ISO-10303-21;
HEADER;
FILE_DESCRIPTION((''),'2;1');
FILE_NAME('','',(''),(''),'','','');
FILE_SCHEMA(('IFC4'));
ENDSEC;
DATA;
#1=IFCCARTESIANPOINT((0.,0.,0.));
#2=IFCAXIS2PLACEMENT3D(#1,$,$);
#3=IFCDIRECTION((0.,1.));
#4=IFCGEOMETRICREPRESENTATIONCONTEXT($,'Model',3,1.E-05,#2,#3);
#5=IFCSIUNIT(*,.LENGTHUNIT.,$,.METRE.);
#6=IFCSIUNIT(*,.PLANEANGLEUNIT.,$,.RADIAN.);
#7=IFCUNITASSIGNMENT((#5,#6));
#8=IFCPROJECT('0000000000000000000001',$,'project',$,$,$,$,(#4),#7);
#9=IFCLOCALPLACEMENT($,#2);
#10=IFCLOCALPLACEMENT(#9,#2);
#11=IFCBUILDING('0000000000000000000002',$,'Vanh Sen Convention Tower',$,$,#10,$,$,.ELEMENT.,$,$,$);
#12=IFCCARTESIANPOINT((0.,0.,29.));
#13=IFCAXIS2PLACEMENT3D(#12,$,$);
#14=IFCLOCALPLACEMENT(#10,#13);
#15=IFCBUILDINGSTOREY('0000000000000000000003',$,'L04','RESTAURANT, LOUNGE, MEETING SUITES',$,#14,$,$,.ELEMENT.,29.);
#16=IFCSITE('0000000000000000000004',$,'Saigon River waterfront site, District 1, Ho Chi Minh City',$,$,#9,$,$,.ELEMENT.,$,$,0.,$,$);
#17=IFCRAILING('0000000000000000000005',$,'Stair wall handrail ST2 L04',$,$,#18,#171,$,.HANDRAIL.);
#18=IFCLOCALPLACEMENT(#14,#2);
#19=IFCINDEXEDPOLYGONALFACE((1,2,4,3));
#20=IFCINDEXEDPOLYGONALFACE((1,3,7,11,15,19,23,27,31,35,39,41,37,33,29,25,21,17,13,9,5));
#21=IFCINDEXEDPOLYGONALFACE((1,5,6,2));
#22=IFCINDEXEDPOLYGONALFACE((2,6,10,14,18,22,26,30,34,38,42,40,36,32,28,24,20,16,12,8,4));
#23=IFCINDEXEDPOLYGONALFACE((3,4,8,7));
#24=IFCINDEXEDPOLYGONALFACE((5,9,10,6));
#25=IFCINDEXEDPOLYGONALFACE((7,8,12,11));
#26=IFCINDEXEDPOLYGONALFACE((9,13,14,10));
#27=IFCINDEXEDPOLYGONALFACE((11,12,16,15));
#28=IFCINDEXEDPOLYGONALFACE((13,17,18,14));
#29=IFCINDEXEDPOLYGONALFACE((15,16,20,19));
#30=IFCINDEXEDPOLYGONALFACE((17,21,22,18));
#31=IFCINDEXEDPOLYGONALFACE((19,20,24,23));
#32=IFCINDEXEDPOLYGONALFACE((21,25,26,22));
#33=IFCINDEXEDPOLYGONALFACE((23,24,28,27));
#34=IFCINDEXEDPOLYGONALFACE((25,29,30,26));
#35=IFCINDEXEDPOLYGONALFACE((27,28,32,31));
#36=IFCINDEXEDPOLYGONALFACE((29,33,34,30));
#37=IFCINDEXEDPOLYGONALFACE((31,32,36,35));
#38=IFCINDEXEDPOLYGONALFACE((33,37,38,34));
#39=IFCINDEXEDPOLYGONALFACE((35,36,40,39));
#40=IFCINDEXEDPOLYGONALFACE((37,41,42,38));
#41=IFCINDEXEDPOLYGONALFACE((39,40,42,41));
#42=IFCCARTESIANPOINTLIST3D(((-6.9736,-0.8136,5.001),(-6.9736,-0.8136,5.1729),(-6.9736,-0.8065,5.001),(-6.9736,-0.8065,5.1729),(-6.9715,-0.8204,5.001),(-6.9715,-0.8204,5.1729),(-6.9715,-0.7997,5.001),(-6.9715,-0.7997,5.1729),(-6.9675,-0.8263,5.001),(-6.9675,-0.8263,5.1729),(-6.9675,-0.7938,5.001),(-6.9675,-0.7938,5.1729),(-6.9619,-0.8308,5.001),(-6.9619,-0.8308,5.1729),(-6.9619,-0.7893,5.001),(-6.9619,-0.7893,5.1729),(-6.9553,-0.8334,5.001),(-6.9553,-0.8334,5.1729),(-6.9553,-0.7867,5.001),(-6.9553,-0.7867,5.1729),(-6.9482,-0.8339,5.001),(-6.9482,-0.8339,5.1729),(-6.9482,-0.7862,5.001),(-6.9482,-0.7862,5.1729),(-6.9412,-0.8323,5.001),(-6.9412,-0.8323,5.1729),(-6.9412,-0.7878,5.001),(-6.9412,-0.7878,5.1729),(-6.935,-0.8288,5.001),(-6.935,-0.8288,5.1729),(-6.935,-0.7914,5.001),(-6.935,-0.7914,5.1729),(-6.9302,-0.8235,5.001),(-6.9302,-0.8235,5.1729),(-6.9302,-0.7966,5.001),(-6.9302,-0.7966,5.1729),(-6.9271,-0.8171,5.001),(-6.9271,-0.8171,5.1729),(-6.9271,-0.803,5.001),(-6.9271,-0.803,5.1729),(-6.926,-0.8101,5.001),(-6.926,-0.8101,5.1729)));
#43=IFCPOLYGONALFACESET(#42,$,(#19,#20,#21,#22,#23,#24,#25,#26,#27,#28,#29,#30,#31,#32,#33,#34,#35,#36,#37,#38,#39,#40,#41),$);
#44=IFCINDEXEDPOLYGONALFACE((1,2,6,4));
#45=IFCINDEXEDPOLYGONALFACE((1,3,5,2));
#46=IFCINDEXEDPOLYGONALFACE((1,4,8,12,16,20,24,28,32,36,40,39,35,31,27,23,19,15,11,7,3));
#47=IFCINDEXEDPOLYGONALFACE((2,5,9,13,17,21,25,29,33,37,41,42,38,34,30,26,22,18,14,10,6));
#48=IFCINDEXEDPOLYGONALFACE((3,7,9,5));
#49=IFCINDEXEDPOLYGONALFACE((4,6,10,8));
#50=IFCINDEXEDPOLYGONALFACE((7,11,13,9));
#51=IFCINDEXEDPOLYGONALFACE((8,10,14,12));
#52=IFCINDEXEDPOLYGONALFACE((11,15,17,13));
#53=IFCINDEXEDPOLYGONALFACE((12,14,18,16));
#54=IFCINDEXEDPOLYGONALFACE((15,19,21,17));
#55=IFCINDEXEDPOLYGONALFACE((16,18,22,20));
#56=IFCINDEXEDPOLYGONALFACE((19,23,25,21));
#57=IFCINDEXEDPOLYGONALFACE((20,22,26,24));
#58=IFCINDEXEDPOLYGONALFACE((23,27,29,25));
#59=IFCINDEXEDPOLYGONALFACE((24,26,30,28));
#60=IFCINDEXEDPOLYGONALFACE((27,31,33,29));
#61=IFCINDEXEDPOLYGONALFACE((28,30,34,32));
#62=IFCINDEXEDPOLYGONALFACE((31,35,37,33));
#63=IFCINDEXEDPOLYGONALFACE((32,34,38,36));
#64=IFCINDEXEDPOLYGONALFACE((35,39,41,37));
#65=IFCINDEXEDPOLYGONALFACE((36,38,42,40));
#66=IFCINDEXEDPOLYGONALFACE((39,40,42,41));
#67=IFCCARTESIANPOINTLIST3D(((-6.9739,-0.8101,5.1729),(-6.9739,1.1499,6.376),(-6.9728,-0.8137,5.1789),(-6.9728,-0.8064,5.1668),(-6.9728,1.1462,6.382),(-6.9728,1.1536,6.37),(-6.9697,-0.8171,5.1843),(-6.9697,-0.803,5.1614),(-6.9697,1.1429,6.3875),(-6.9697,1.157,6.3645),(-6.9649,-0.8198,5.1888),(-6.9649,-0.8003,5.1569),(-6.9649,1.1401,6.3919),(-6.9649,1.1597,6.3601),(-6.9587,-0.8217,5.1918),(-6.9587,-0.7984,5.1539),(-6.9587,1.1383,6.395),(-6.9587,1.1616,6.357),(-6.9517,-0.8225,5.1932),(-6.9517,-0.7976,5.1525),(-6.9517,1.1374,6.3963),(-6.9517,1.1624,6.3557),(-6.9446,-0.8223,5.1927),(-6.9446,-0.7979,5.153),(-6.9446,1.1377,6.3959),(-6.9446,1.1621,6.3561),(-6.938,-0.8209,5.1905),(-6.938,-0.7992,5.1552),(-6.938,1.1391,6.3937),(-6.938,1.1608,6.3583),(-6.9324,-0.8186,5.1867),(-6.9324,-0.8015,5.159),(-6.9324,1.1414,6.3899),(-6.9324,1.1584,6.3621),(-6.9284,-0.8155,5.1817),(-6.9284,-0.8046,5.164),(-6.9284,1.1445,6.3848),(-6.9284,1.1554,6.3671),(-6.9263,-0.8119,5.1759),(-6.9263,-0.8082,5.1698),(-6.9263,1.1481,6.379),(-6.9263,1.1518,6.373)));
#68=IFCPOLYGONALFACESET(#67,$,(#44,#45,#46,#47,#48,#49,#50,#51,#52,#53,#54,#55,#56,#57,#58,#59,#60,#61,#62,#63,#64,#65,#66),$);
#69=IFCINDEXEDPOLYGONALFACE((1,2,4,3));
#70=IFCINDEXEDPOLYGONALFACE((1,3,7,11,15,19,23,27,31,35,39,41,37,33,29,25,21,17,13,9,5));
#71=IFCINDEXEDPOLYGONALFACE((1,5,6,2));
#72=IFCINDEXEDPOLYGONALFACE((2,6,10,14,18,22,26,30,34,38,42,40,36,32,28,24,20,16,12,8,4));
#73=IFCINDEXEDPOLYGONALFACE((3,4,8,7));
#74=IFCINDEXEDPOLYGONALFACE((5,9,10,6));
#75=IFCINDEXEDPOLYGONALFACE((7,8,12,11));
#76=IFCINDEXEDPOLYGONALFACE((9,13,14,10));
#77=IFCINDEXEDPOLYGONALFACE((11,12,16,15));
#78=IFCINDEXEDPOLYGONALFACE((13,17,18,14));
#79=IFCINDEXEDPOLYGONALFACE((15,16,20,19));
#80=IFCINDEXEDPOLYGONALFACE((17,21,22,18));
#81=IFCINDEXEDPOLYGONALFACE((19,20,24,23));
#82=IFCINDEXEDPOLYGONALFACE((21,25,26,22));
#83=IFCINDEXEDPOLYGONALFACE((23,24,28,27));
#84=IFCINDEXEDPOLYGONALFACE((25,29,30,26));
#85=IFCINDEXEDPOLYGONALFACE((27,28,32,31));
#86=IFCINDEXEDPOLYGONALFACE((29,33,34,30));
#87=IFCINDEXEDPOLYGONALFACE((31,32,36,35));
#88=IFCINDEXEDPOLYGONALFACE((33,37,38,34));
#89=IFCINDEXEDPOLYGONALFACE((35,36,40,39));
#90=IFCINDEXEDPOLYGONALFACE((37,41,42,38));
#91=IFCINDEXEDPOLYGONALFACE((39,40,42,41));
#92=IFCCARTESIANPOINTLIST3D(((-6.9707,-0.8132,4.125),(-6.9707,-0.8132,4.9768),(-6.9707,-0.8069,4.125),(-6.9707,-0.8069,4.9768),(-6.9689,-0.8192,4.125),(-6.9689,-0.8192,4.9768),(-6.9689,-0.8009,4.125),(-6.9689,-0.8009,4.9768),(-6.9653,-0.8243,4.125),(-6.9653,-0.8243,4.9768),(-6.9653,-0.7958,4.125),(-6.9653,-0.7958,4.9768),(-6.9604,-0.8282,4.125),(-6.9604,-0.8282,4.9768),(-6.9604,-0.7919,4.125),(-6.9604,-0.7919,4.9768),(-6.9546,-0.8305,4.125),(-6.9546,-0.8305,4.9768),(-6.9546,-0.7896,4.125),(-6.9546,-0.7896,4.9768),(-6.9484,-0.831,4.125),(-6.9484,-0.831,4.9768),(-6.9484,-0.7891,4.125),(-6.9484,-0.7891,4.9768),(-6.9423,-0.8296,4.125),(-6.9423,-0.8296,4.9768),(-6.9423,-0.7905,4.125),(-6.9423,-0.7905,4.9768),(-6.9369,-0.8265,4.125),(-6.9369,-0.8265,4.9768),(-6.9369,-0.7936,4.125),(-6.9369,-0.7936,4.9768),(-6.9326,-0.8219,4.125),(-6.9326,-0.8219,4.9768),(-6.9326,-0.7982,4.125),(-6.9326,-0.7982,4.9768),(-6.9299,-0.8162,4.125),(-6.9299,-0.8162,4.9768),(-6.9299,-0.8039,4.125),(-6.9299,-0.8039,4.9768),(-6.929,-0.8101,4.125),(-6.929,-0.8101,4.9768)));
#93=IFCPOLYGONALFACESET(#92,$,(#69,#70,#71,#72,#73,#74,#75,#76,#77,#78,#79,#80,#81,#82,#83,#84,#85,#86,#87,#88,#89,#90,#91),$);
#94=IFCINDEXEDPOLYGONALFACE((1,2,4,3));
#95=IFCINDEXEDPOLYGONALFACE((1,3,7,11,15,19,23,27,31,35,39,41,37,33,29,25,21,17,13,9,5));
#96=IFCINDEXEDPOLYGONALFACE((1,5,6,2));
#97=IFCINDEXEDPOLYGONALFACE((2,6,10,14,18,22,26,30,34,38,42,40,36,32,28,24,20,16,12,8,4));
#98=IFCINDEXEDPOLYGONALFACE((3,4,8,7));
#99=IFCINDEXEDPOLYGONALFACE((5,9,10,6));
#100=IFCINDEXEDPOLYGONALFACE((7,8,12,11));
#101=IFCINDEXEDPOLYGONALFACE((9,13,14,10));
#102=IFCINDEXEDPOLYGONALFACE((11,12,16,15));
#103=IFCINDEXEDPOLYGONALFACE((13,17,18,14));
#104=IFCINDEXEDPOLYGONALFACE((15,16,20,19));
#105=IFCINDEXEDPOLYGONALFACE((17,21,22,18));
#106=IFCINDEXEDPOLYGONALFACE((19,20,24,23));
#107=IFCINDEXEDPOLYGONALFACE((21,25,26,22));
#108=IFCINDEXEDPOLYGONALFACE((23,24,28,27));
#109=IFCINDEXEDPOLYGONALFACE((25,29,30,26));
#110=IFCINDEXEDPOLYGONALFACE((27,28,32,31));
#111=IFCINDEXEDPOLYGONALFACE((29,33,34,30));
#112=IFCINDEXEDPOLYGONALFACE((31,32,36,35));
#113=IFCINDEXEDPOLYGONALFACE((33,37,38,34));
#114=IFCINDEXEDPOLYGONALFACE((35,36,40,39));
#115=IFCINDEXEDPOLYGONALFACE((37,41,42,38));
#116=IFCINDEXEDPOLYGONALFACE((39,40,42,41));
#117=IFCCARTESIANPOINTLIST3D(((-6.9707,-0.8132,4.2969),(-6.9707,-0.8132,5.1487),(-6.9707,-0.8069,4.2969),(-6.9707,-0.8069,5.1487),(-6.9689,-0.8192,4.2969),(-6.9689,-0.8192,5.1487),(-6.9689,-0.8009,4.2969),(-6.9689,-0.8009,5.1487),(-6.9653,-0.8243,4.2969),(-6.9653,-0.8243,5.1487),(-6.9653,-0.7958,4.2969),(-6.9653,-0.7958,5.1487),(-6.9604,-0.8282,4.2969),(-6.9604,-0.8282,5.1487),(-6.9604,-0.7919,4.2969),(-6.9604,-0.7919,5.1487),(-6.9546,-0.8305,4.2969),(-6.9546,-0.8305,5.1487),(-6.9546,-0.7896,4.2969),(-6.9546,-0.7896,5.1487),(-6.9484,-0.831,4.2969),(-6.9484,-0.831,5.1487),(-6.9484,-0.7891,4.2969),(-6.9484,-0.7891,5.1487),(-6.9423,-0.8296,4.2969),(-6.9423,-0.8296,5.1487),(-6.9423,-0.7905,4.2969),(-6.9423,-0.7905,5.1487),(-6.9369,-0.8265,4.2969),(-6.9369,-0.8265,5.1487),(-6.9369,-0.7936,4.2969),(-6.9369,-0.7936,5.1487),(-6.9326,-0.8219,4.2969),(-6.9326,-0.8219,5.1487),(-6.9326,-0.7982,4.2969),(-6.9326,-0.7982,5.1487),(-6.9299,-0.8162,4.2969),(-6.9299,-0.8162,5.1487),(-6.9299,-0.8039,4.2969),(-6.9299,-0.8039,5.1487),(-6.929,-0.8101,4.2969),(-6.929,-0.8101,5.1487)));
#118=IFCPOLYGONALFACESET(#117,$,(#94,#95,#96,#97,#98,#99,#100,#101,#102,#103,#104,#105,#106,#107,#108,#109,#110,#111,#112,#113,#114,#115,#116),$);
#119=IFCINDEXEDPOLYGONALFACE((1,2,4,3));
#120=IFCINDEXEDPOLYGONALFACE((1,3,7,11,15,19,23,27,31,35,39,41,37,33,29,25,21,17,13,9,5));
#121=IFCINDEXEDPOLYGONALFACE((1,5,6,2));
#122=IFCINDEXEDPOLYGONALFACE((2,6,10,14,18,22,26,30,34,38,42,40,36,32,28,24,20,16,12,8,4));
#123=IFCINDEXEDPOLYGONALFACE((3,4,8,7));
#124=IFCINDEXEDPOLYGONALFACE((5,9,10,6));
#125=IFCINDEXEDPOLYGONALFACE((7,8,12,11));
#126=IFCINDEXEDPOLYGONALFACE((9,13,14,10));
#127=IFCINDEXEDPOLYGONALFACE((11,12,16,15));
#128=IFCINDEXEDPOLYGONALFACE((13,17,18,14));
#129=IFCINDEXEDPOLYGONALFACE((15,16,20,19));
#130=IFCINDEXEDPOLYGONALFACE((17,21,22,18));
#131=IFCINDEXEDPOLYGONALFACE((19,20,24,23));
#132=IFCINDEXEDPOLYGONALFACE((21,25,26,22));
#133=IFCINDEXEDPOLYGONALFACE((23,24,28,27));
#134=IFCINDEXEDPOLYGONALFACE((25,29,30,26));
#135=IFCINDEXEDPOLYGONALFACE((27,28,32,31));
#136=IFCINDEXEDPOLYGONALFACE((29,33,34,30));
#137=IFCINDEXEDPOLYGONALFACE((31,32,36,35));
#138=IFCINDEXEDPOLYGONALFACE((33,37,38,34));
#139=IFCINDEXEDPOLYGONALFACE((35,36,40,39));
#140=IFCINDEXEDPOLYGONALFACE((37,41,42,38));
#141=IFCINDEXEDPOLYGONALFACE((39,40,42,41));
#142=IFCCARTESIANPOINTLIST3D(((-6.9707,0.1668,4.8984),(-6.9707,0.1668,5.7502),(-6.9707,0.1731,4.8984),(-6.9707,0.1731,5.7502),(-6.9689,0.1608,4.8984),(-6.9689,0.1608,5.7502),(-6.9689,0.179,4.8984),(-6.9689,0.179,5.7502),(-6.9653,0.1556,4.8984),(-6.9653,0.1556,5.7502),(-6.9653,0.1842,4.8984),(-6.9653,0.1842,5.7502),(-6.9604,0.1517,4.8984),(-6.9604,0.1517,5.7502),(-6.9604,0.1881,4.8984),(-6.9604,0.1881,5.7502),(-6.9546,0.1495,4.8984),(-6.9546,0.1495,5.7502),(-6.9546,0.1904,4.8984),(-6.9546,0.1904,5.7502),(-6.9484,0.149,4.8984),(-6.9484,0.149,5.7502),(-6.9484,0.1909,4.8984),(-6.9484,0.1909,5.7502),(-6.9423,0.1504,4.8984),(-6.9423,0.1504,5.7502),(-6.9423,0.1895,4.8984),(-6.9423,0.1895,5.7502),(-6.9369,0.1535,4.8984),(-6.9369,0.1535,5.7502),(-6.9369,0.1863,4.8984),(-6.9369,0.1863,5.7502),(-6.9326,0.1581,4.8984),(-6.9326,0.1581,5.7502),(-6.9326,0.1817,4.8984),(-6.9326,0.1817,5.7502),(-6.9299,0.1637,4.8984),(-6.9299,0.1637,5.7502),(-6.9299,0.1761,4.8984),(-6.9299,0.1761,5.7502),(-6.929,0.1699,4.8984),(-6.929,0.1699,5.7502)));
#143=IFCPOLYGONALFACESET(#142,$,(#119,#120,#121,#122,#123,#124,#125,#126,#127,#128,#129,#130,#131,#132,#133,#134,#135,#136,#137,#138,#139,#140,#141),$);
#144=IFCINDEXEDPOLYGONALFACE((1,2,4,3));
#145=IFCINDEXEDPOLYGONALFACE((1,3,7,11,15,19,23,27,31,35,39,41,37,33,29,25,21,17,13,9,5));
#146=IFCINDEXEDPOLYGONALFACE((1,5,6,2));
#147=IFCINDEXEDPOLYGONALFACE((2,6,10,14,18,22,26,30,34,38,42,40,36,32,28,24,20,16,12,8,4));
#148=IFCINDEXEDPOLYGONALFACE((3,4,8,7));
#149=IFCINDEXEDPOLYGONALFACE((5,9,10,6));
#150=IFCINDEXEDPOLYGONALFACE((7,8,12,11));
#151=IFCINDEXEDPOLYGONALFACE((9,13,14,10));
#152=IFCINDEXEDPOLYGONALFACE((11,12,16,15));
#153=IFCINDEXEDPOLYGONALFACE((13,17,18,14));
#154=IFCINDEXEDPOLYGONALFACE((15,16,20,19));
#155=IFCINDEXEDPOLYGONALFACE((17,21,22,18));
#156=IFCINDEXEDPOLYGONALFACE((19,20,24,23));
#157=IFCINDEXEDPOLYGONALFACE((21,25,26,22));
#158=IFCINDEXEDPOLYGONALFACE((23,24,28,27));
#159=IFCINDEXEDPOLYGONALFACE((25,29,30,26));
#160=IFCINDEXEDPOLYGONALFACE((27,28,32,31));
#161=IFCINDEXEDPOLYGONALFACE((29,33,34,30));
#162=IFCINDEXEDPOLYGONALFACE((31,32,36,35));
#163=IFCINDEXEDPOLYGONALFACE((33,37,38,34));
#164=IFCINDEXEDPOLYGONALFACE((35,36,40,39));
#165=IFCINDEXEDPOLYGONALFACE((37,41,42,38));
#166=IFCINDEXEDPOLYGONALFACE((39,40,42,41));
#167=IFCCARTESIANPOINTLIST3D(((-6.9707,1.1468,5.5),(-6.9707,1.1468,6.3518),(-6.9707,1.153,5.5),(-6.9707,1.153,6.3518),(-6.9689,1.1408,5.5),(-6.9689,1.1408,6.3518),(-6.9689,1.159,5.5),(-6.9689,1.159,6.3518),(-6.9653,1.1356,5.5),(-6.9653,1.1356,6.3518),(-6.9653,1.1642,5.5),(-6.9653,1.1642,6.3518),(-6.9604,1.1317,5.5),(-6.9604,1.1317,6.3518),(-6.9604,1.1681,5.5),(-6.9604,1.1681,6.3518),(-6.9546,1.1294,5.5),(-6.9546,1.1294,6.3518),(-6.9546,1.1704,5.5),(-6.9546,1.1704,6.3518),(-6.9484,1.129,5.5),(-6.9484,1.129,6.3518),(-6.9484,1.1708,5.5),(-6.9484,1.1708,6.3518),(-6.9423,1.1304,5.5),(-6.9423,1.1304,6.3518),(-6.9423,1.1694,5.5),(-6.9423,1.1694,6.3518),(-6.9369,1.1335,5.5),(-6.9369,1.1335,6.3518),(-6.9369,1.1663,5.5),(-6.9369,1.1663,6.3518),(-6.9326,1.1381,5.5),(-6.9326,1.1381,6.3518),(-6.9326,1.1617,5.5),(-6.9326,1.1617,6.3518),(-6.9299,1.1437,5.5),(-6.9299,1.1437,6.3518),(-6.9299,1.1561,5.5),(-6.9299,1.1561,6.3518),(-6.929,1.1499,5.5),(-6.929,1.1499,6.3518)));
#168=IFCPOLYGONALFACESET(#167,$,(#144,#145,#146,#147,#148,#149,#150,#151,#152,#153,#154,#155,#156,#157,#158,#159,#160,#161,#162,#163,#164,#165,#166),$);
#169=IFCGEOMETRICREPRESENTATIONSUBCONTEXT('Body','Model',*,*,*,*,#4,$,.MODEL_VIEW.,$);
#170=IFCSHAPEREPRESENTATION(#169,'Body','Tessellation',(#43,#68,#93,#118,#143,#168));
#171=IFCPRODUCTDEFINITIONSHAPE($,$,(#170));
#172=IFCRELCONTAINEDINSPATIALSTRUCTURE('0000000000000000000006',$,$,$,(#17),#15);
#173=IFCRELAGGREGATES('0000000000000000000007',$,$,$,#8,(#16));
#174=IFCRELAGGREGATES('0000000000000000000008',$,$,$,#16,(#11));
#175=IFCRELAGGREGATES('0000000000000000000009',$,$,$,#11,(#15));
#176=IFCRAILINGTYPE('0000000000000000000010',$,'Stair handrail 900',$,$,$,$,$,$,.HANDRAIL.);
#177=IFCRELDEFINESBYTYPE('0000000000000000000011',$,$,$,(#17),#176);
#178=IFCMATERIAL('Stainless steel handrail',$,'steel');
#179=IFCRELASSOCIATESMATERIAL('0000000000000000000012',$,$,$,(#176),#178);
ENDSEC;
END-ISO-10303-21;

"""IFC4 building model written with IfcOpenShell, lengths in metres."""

from ifc_helpers import new_model, si_unit, direction, frame, origin, origin_2d, place, context, subcontext, project, spatial, circle, extrude, material, type_object, element, save


model = new_model("IFC4")

# Units and contexts
model_context = context("Model", 3, precision=1e-05, world=origin(), true_north=direction((0.0, 1.0)))
body_context = subcontext(model_context, "Body", "Model", "MODEL_VIEW")
ifc_project = project(units=[si_unit("LENGTHUNIT", "METRE"), si_unit("PLANEANGLEUNIT", "RADIAN")], contexts=[model_context])

# Site, building, storey
site_placement = place(None, origin())
site = spatial("IfcSite", under=ifc_project, at=site_placement, Name="Saigon River waterfront site, District 1, Ho Chi Minh City", CompositionType="ELEMENT", RefElevation=0.0)
building_placement = place(site_placement, origin())
building = spatial("IfcBuilding", under=site, at=building_placement, Name="Vanh Sen Convention Tower", CompositionType="ELEMENT")
storey_placement = place(building_placement, frame((0.0, 0.0, 29.0)))
storey = spatial("IfcBuildingStorey", under=building, at=storey_placement, Name="L04", Description="RESTAURANT, LOUNGE, MEETING SUITES", CompositionType="ELEMENT", Elevation=29.0)

# Railing
ifc_material_1 = material(Name="Stainless steel handrail", Category="steel")
railing_type = type_object("IfcRailingType", Name="Stair handrail 900", PredefinedType="HANDRAIL", material=ifc_material_1)
railing_placement = place(storey_placement, frame((-6.95, -0.8101, 4.125)))
element("IfcRailing", 1, at=railing_placement, inside=storey, type_object=railing_type, Name="Stair wall handrail ST2 L04", PredefinedType="HANDRAIL", context=body_context, shape_type="SweptSolid", body=[
    extrude(circle(Radius=0.0239, at=origin_2d()), frame((0.0, 0.0, 0.876), z_axis=(0.0, 0.0, 1.0), x_axis=(1.0, 0.0, 0.0)), (0.0, 0.0, 1.0), 0.1719),
    extrude(circle(Radius=0.0239, at=origin_2d()), frame((0.0, 0.0, 1.0479), z_axis=(0.0, 0.852241, 0.523149), x_axis=(-1.0, 0.0, 0.0)), (0.0, 0.0, 1.0), 2.2998),
    extrude(circle(Radius=0.021, at=origin_2d()), origin(), (0.0, 0.0, 1.0), 0.8518),
    extrude(circle(Radius=0.021, at=origin_2d()), frame((0.0, 0.0, 0.1719)), (0.0, 0.0, 1.0), 0.8518),
    extrude(circle(Radius=0.021, at=origin_2d()), frame((0.0, 0.98, 0.7734)), (0.0, 0.0, 1.0), 0.8518),
    extrude(circle(Radius=0.021, at=origin_2d()), frame((0.0, 1.96, 1.375)), (0.0, 0.0, 1.0), 0.8518),
])

save(model, "model.ifc")
